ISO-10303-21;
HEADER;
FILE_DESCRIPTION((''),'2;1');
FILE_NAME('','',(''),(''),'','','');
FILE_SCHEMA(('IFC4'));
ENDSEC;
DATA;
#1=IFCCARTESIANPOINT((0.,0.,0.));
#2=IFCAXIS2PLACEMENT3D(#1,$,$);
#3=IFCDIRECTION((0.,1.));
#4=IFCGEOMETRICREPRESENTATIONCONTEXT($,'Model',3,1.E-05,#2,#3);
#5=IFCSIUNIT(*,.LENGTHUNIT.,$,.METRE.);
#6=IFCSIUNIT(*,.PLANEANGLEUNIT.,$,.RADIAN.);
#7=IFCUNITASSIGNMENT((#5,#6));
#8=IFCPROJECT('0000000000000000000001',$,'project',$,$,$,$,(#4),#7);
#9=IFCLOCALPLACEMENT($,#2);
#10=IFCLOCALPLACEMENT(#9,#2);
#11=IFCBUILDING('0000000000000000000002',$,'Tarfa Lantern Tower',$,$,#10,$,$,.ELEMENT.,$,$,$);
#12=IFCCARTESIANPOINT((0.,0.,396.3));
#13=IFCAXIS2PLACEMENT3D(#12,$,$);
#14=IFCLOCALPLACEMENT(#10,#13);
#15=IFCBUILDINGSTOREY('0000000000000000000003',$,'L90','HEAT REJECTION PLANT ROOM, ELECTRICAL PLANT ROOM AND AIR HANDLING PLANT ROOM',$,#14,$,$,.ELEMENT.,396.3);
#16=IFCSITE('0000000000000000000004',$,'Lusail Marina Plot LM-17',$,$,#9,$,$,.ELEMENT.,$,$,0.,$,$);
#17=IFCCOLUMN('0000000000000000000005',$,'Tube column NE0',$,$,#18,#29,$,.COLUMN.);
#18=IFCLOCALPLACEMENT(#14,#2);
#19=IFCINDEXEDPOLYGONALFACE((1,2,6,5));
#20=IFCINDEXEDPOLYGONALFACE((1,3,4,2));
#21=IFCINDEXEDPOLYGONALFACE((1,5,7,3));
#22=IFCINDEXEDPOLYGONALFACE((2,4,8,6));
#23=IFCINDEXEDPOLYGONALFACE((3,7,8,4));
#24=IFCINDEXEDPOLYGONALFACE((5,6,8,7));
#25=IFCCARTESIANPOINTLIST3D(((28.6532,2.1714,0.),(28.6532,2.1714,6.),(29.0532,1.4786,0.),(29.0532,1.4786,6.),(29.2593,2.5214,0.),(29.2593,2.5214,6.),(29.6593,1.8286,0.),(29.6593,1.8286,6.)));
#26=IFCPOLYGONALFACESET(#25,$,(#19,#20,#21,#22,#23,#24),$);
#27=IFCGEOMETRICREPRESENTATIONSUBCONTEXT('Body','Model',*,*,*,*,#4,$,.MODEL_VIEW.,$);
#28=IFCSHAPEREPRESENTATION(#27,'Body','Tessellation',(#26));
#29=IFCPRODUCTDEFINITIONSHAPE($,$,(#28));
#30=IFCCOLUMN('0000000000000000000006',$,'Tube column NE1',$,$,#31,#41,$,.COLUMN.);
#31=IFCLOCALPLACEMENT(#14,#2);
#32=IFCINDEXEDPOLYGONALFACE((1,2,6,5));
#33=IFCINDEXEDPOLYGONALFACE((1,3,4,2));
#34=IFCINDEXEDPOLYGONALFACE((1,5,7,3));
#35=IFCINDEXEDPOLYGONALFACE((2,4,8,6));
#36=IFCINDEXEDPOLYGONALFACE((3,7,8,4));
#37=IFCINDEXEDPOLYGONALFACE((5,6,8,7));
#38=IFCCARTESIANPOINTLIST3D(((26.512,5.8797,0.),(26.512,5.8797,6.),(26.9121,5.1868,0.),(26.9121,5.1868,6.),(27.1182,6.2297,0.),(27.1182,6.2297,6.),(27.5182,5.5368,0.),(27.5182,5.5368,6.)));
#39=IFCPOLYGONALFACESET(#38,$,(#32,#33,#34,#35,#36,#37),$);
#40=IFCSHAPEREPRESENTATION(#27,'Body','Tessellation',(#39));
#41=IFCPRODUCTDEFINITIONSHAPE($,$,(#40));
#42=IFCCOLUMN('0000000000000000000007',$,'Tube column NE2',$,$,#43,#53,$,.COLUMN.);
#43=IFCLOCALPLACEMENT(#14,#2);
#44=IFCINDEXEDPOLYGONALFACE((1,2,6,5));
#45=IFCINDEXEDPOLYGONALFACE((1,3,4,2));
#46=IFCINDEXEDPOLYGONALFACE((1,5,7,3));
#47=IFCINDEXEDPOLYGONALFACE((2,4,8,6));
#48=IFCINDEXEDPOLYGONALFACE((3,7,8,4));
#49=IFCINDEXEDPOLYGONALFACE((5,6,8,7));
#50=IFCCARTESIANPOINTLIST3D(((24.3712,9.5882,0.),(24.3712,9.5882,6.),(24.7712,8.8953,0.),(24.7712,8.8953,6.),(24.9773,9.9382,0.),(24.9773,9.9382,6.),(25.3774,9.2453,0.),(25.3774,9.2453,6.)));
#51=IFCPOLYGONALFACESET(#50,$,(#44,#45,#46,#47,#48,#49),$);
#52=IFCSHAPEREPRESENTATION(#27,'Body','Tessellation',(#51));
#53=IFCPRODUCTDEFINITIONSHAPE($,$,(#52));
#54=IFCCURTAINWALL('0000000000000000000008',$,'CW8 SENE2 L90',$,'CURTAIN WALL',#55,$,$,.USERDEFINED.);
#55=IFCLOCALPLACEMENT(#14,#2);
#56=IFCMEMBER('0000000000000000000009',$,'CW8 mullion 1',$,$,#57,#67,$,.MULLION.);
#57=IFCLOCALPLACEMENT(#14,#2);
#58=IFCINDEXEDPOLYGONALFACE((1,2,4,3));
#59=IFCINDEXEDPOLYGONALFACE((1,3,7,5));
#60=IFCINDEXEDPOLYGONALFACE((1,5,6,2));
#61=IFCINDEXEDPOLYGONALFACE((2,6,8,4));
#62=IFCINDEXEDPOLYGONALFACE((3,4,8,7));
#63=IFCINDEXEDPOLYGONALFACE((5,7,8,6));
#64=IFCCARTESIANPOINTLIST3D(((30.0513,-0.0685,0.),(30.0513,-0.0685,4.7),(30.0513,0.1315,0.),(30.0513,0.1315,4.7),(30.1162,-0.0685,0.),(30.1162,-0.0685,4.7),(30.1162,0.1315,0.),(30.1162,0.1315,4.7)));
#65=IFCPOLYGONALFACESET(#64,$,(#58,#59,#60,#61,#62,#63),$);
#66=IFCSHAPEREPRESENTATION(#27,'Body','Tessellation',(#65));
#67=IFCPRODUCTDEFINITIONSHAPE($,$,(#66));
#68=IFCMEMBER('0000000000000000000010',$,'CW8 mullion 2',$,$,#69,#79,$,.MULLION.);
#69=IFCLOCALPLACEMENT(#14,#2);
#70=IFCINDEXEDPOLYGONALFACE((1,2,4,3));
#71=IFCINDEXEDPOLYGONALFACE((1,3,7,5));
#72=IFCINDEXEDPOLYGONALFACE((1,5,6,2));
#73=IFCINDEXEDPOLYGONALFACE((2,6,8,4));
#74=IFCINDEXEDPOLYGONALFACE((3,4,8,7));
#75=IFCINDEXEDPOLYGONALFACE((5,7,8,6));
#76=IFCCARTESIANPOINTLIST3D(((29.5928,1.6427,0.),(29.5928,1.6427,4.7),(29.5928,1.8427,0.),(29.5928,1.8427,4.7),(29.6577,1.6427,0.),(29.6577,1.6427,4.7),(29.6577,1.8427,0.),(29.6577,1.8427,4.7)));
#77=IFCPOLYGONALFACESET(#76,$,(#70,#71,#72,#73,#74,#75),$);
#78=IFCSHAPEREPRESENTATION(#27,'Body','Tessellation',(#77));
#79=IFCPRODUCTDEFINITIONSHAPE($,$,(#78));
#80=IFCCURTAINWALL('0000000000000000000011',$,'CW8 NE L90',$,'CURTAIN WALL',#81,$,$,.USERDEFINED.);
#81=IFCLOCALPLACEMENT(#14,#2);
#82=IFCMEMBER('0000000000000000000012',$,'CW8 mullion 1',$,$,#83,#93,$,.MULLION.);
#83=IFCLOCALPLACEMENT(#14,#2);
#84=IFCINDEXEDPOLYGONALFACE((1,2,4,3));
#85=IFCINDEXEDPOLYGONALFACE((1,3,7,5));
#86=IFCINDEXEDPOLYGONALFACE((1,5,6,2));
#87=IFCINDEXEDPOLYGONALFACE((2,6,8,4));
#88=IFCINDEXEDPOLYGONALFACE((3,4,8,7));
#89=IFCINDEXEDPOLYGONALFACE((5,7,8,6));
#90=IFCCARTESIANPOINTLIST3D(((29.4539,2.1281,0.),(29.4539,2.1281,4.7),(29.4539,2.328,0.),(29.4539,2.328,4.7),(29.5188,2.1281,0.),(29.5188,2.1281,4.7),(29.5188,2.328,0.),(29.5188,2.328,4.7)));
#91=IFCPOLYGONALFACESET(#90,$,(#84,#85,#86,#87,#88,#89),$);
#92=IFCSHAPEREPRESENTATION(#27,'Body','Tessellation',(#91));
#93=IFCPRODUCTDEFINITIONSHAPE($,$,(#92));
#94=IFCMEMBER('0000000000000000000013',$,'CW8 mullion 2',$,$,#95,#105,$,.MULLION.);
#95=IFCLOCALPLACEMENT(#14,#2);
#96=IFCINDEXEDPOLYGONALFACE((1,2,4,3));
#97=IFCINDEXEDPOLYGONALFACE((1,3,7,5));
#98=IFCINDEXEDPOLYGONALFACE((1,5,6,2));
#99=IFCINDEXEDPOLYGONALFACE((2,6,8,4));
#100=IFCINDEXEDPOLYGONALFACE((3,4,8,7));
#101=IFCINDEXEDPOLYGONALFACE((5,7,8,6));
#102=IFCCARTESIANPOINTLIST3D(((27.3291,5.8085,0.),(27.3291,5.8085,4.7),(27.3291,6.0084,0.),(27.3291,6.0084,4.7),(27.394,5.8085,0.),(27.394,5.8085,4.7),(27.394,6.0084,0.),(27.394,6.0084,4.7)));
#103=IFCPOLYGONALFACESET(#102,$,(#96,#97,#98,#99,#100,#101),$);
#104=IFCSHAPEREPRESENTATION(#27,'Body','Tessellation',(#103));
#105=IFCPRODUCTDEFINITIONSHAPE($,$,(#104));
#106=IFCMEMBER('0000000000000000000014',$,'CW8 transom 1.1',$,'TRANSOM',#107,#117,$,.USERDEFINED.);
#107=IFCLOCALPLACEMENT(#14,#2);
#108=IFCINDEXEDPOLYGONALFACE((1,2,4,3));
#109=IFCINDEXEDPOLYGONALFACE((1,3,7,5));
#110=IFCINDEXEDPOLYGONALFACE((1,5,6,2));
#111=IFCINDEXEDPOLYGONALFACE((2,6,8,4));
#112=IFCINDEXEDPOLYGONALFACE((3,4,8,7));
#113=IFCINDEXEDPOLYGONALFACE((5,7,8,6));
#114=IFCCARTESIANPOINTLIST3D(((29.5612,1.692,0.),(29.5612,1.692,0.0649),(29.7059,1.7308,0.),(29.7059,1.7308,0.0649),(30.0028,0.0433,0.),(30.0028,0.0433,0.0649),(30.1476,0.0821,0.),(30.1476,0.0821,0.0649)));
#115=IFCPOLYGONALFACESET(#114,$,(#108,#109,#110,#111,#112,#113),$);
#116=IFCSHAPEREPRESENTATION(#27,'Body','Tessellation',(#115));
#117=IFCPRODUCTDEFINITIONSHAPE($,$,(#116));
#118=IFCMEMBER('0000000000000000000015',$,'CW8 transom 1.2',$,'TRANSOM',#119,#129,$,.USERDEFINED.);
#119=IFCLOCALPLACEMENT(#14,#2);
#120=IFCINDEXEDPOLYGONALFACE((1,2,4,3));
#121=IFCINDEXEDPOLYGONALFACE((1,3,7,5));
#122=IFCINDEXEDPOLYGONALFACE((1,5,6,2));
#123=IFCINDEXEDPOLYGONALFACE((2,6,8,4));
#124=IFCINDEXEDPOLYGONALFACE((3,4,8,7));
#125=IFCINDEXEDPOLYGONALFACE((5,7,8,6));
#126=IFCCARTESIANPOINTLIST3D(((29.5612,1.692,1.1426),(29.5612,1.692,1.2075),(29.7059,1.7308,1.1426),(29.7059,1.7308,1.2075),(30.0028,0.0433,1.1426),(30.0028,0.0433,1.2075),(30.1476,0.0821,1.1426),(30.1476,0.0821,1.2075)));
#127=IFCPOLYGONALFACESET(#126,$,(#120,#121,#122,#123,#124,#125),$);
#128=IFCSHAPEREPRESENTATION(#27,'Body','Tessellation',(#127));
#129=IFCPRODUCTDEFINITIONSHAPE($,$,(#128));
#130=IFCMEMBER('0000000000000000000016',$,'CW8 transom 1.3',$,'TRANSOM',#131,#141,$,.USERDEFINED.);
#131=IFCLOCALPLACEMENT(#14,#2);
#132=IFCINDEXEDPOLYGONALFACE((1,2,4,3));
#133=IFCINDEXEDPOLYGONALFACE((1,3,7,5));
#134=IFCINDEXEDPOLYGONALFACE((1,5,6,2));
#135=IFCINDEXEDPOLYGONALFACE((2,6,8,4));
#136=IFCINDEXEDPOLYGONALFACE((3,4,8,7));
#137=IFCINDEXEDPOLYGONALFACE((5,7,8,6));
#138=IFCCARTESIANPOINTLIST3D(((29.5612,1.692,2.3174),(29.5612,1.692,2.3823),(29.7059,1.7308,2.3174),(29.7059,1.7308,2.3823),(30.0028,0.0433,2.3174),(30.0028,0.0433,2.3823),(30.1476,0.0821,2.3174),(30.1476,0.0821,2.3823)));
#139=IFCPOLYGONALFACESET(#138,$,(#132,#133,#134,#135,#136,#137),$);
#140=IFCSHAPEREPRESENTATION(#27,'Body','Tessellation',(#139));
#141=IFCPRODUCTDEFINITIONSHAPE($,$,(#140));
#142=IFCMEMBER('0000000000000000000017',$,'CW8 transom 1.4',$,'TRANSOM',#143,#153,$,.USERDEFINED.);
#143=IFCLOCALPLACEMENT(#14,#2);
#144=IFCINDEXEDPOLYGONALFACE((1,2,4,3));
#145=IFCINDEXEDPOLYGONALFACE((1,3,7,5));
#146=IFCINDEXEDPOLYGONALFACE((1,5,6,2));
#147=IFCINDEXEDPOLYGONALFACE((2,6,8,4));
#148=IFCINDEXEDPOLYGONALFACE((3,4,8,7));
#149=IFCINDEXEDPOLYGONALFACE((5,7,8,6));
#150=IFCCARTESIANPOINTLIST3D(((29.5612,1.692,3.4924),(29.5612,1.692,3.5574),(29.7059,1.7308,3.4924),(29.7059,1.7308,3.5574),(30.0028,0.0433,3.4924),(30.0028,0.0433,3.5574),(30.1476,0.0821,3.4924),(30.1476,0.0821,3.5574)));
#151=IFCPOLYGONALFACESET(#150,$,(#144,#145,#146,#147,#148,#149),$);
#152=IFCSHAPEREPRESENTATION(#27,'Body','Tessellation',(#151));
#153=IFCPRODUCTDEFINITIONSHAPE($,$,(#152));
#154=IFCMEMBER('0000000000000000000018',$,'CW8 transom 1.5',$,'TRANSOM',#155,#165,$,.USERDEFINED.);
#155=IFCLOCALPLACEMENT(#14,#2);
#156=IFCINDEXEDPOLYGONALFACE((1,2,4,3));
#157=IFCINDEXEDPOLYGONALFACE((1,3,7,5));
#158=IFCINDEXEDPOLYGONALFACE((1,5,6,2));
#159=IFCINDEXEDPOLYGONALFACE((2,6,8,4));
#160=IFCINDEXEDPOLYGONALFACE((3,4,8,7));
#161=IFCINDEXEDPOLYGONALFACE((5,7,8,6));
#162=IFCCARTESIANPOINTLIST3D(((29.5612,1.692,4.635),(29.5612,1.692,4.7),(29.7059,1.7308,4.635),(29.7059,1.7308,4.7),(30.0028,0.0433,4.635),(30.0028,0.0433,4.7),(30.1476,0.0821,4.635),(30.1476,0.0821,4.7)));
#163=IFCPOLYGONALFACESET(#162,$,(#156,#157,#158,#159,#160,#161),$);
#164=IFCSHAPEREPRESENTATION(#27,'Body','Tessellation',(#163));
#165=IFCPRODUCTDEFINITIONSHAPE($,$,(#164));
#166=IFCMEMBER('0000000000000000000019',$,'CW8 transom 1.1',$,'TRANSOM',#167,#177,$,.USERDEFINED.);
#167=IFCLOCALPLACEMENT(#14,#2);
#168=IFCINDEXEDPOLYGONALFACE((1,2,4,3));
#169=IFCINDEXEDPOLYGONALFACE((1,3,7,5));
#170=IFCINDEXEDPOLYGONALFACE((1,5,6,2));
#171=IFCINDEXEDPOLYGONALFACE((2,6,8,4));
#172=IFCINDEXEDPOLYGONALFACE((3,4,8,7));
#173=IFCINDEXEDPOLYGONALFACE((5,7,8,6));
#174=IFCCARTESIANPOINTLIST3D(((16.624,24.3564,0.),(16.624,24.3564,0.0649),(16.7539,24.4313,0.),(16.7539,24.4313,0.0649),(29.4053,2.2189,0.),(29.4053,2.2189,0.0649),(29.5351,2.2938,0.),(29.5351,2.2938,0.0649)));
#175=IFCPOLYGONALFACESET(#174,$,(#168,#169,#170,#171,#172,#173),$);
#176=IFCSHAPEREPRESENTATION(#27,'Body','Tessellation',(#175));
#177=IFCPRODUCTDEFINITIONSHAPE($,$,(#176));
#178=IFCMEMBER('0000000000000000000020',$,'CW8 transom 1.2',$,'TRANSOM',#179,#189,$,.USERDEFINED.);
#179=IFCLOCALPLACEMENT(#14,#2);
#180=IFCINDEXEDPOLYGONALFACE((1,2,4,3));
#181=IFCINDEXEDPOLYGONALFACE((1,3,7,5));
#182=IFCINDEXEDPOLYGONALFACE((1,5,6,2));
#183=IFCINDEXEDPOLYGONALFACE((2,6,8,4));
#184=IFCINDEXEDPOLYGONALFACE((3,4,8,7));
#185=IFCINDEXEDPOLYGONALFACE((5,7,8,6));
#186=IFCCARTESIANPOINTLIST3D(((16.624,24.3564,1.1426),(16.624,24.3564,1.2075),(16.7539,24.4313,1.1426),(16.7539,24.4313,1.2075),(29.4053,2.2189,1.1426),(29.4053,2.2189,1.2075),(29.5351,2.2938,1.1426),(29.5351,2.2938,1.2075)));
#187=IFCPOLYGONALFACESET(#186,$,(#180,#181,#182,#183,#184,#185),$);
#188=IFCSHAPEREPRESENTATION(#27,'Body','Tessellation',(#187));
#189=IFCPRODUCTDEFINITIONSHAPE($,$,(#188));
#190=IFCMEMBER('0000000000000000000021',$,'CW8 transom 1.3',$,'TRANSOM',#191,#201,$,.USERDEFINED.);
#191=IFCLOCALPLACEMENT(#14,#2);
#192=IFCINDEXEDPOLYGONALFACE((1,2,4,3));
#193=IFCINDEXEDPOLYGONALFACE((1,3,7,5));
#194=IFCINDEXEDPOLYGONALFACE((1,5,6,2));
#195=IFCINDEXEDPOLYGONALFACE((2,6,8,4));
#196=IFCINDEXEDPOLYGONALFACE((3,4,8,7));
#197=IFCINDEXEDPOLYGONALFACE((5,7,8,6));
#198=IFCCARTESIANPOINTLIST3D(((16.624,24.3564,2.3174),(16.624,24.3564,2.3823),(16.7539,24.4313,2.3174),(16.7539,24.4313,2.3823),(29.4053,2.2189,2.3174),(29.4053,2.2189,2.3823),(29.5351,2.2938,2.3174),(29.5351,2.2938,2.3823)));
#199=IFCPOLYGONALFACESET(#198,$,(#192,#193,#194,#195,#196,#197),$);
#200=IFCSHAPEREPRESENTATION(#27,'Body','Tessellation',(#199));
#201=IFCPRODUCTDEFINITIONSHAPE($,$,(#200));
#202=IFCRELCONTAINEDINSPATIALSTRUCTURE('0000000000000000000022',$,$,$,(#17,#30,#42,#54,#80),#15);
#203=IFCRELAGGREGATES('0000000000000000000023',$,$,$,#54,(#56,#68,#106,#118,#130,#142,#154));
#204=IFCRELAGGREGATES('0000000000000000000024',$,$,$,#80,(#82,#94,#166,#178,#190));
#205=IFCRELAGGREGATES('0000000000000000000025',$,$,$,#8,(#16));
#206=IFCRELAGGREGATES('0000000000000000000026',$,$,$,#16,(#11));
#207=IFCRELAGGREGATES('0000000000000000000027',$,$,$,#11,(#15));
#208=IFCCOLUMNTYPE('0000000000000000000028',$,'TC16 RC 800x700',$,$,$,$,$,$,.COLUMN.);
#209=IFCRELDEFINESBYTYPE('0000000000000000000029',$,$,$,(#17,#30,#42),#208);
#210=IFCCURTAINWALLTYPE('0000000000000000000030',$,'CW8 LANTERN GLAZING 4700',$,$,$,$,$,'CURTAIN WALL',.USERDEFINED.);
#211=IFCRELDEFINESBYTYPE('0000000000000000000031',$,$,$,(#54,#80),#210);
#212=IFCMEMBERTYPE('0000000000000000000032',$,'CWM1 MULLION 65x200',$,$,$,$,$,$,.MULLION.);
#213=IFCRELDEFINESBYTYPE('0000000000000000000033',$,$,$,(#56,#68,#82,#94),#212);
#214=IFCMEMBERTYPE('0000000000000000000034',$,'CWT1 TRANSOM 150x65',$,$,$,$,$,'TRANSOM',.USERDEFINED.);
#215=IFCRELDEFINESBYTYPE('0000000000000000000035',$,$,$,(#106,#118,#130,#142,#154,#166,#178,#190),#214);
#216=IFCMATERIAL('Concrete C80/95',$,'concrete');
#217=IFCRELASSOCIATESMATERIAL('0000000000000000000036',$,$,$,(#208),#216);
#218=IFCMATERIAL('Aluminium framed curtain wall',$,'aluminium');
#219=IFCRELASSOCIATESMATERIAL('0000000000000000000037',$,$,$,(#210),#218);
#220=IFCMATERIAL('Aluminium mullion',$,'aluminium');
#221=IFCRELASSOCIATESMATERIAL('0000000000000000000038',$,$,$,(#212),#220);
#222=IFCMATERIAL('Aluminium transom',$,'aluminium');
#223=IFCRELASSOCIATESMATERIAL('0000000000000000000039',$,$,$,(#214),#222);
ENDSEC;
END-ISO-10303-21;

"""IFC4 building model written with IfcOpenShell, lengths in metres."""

from ifc_helpers import new_model, si_unit, direction, frame, origin, origin_2d, place, context, subcontext, project, spatial, rectangle, extrude, material, material_profile, profile_set, type_object, element, aggregate, save


model = new_model("IFC4")

# Units and contexts
model_context = context("Model", 3, precision=1e-05, world=origin(), true_north=direction((0.0, 1.0)))
body_context = subcontext(model_context, "Body", "Model", "MODEL_VIEW")
ifc_project = project(units=[si_unit("LENGTHUNIT", "METRE"), si_unit("PLANEANGLEUNIT", "RADIAN")], contexts=[model_context])

# Site, building, storey
site_placement = place(None, origin())
site = spatial("IfcSite", under=ifc_project, at=site_placement, Name="Lusail Marina Plot LM-17", CompositionType="ELEMENT", RefElevation=0.0)
building_placement = place(site_placement, origin())
building = spatial("IfcBuilding", under=site, at=building_placement, Name="Tarfa Lantern Tower", CompositionType="ELEMENT")
storey_placement = place(building_placement, frame((0.0, 0.0, 396.3)))
storey = spatial("IfcBuildingStorey", under=building, at=storey_placement, Name="L90", Description="HEAT REJECTION PLANT ROOM, ELECTRICAL PLANT ROOM AND AIR HANDLING PLANT ROOM", CompositionType="ELEMENT", Elevation=396.3)

# Columns
ifc_material_1 = material(Name="Concrete C80/95", Category="concrete")
ifc_material_profile_1 = material_profile(ifc_material_1, rectangle(XDim=0.8, YDim=0.7, at=origin_2d()), Name="RC 800x700")
ifc_profile_set_1 = profile_set([ifc_material_profile_1], Name="Concrete C80/95")
column_type = type_object("IfcColumnType", Name="TC16 RC 800x700", PredefinedType="COLUMN", material=ifc_profile_set_1)
for number, where, z_axis, x_axis, name in (
    (1, (29.1562, 2.0, 0.0), (0.0, 0.0, 1.0), (-0.5, 0.866025, 0.0), "Tube column NE0"),
    (2, (27.0151, 5.7083, 0.0), (0.0, 0.0, 1.0), (-0.5, 0.866025, 0.0), "Tube column NE1"),
    (3, (24.8743, 9.4167, 0.0), (0.0, 0.0, 1.0), (-0.5, 0.866025, 0.0), "Tube column NE2"),
):
    element("IfcColumn", number, at=place(storey_placement, frame(where, z_axis=z_axis, x_axis=x_axis)), inside=storey, type_object=column_type, Name=name, PredefinedType="COLUMN", context=body_context, shape_type="SweptSolid", body=[
        extrude(rectangle(XDim=0.8, YDim=0.7, at=origin_2d()), origin(), (0.0, 0.0, 1.0), 6.0),
    ])

# Curtain walls, members
ifc_material_2 = material(Name="Aluminium framed curtain wall", Category="aluminium")
curtain_wall_type = type_object("IfcCurtainWallType", Name="CW8 LANTERN GLAZING 4700", ElementType="CURTAIN WALL", PredefinedType="USERDEFINED", material=ifc_material_2)
curtain_wall_1_placement = place(storey_placement, origin())
curtain_wall_1 = element("IfcCurtainWall", 4, at=curtain_wall_1_placement, inside=storey, type_object=curtain_wall_type, Name="CW8 SENE2 L90", ObjectType="CURTAIN WALL", PredefinedType="USERDEFINED")
ifc_material_3 = material(Name="Aluminium mullion", Category="aluminium")
ifc_material_profile_2 = material_profile(ifc_material_3, rectangle(XDim=0.0649, YDim=0.2, at=origin_2d()), Name="AL MULLION 65x200")
ifc_profile_set_2 = profile_set([ifc_material_profile_2], Name="Aluminium mullion")
member_type_1 = type_object("IfcMemberType", Name="CWM1 MULLION 65x200", PredefinedType="MULLION", material=ifc_profile_set_2)
member_1_placement = place(storey_placement, frame((30.0837, 0.0315, 0.0), z_axis=(0.0, 0.0, 1.0), x_axis=(1.0, 0.0, 0.0)))
member_1 = element("IfcMember", 5, at=member_1_placement, type_object=member_type_1, Name="CW8 mullion 1", PredefinedType="MULLION", context=body_context, shape_type="SweptSolid", body=[
    extrude(rectangle(XDim=0.0649, YDim=0.2, at=origin_2d()), origin(), (0.0, 0.0, 1.0), 4.7),
])
member_2_placement = place(storey_placement, frame((29.6252, 1.7427, 0.0), z_axis=(0.0, 0.0, 1.0), x_axis=(1.0, 0.0, 0.0)))
member_2 = element("IfcMember", 6, at=member_2_placement, type_object=member_type_1, Name="CW8 mullion 2", PredefinedType="MULLION", context=body_context, shape_type="SweptSolid", body=[
    extrude(rectangle(XDim=0.0649, YDim=0.2, at=origin_2d()), origin(), (0.0, 0.0, 1.0), 4.7),
])
curtain_wall_2_placement = place(storey_placement, origin())
curtain_wall_2 = element("IfcCurtainWall", 7, at=curtain_wall_2_placement, inside=storey, type_object=curtain_wall_type, Name="CW8 NE L90", ObjectType="CURTAIN WALL", PredefinedType="USERDEFINED")
member_3_placement = place(storey_placement, frame((29.4863, 2.228, 0.0), z_axis=(0.0, 0.0, 1.0), x_axis=(1.0, 0.0, 0.0)))
member_3 = element("IfcMember", 8, at=member_3_placement, type_object=member_type_1, Name="CW8 mullion 1", PredefinedType="MULLION", context=body_context, shape_type="SweptSolid", body=[
    extrude(rectangle(XDim=0.0649, YDim=0.2, at=origin_2d()), origin(), (0.0, 0.0, 1.0), 4.7),
])
member_4_placement = place(storey_placement, frame((27.3616, 5.9084, 0.0), z_axis=(0.0, 0.0, 1.0), x_axis=(1.0, 0.0, 0.0)))
member_4 = element("IfcMember", 9, at=member_4_placement, type_object=member_type_1, Name="CW8 mullion 2", PredefinedType="MULLION", context=body_context, shape_type="SweptSolid", body=[
    extrude(rectangle(XDim=0.0649, YDim=0.2, at=origin_2d()), origin(), (0.0, 0.0, 1.0), 4.7),
])

# Members
ifc_material_4 = material(Name="Aluminium transom", Category="aluminium")
ifc_material_profile_3 = material_profile(ifc_material_4, rectangle(XDim=0.1499, YDim=0.0649, at=origin_2d()), Name="AL TRANSOM 150x65")
ifc_profile_set_3 = profile_set([ifc_material_profile_3], Name="Aluminium transom")
member_type_2 = type_object("IfcMemberType", Name="CWT1 TRANSOM 150x65", ElementType="TRANSOM", PredefinedType="USERDEFINED", material=ifc_profile_set_3)
member_5_placement = place(storey_placement, frame((30.0752, 0.0627, 0.0325), z_axis=(-0.258758, 0.965942, 0.0), x_axis=(-0.965942, -0.258758, 0.0)))
member_5 = element("IfcMember", 10, at=member_5_placement, type_object=member_type_2, Name="CW8 transom 1.1", ObjectType="TRANSOM", PredefinedType="USERDEFINED", context=body_context, shape_type="SweptSolid", body=[
    extrude(rectangle(XDim=0.1499, YDim=0.0649, at=origin_2d()), origin(), (0.0, 0.0, 1.0), 1.7068),
])
member_6_placement = place(storey_placement, frame((30.0752, 0.0627, 1.175), z_axis=(-0.258758, 0.965942, 0.0), x_axis=(-0.965942, -0.258758, 0.0)))
member_6 = element("IfcMember", 11, at=member_6_placement, type_object=member_type_2, Name="CW8 transom 1.2", ObjectType="TRANSOM", PredefinedType="USERDEFINED", context=body_context, shape_type="SweptSolid", body=[
    extrude(rectangle(XDim=0.1499, YDim=0.0649, at=origin_2d()), origin(), (0.0, 0.0, 1.0), 1.7068),
])
member_7_placement = place(storey_placement, frame((30.0752, 0.0627, 2.3499), z_axis=(-0.258758, 0.965942, 0.0), x_axis=(-0.965942, -0.258758, 0.0)))
member_7 = element("IfcMember", 12, at=member_7_placement, type_object=member_type_2, Name="CW8 transom 1.3", ObjectType="TRANSOM", PredefinedType="USERDEFINED", context=body_context, shape_type="SweptSolid", body=[
    extrude(rectangle(XDim=0.1499, YDim=0.0649, at=origin_2d()), origin(), (0.0, 0.0, 1.0), 1.7068),
])
member_8_placement = place(storey_placement, frame((30.0752, 0.0627, 3.5249), z_axis=(-0.258758, 0.965942, 0.0), x_axis=(-0.965942, -0.258758, 0.0)))
member_8 = element("IfcMember", 13, at=member_8_placement, type_object=member_type_2, Name="CW8 transom 1.4", ObjectType="TRANSOM", PredefinedType="USERDEFINED", context=body_context, shape_type="SweptSolid", body=[
    extrude(rectangle(XDim=0.1499, YDim=0.0649, at=origin_2d()), origin(), (0.0, 0.0, 1.0), 1.7068),
])
member_9_placement = place(storey_placement, frame((30.0752, 0.0627, 4.6675), z_axis=(-0.258758, 0.965942, 0.0), x_axis=(-0.965942, -0.258758, 0.0)))
member_9 = element("IfcMember", 14, at=member_9_placement, type_object=member_type_2, Name="CW8 transom 1.5", ObjectType="TRANSOM", PredefinedType="USERDEFINED", context=body_context, shape_type="SweptSolid", body=[
    extrude(rectangle(XDim=0.1499, YDim=0.0649, at=origin_2d()), origin(), (0.0, 0.0, 1.0), 1.7068),
])
member_10_placement = place(storey_placement, frame((29.4702, 2.2563, 0.0325), z_axis=(-0.500005, 0.866022, 0.0), x_axis=(-0.866022, -0.500005, 0.0)))
member_10 = element("IfcMember", 15, at=member_10_placement, type_object=member_type_2, Name="CW8 transom 1.1", ObjectType="TRANSOM", PredefinedType="USERDEFINED", context=body_context, shape_type="SweptSolid", body=[
    extrude(rectangle(XDim=0.1499, YDim=0.0649, at=origin_2d()), origin(), (0.0, 0.0, 1.0), 25.5623),
])
member_11_placement = place(storey_placement, frame((29.4702, 2.2563, 1.175), z_axis=(-0.500005, 0.866022, 0.0), x_axis=(-0.866022, -0.500005, 0.0)))
member_11 = element("IfcMember", 16, at=member_11_placement, type_object=member_type_2, Name="CW8 transom 1.2", ObjectType="TRANSOM", PredefinedType="USERDEFINED", context=body_context, shape_type="SweptSolid", body=[
    extrude(rectangle(XDim=0.1499, YDim=0.0649, at=origin_2d()), origin(), (0.0, 0.0, 1.0), 25.5623),
])
member_12_placement = place(storey_placement, frame((29.4702, 2.2563, 2.3499), z_axis=(-0.500005, 0.866022, 0.0), x_axis=(-0.866022, -0.500005, 0.0)))
member_12 = element("IfcMember", 17, at=member_12_placement, type_object=member_type_2, Name="CW8 transom 1.3", ObjectType="TRANSOM", PredefinedType="USERDEFINED", context=body_context, shape_type="SweptSolid", body=[
    extrude(rectangle(XDim=0.1499, YDim=0.0649, at=origin_2d()), origin(), (0.0, 0.0, 1.0), 25.5623),
])

aggregate(curtain_wall_1, [member_1, member_2, member_5, member_6, member_7, member_8, member_9])
aggregate(curtain_wall_2, [member_3, member_4, member_10, member_11, member_12])

save(model, "model.ifc")
